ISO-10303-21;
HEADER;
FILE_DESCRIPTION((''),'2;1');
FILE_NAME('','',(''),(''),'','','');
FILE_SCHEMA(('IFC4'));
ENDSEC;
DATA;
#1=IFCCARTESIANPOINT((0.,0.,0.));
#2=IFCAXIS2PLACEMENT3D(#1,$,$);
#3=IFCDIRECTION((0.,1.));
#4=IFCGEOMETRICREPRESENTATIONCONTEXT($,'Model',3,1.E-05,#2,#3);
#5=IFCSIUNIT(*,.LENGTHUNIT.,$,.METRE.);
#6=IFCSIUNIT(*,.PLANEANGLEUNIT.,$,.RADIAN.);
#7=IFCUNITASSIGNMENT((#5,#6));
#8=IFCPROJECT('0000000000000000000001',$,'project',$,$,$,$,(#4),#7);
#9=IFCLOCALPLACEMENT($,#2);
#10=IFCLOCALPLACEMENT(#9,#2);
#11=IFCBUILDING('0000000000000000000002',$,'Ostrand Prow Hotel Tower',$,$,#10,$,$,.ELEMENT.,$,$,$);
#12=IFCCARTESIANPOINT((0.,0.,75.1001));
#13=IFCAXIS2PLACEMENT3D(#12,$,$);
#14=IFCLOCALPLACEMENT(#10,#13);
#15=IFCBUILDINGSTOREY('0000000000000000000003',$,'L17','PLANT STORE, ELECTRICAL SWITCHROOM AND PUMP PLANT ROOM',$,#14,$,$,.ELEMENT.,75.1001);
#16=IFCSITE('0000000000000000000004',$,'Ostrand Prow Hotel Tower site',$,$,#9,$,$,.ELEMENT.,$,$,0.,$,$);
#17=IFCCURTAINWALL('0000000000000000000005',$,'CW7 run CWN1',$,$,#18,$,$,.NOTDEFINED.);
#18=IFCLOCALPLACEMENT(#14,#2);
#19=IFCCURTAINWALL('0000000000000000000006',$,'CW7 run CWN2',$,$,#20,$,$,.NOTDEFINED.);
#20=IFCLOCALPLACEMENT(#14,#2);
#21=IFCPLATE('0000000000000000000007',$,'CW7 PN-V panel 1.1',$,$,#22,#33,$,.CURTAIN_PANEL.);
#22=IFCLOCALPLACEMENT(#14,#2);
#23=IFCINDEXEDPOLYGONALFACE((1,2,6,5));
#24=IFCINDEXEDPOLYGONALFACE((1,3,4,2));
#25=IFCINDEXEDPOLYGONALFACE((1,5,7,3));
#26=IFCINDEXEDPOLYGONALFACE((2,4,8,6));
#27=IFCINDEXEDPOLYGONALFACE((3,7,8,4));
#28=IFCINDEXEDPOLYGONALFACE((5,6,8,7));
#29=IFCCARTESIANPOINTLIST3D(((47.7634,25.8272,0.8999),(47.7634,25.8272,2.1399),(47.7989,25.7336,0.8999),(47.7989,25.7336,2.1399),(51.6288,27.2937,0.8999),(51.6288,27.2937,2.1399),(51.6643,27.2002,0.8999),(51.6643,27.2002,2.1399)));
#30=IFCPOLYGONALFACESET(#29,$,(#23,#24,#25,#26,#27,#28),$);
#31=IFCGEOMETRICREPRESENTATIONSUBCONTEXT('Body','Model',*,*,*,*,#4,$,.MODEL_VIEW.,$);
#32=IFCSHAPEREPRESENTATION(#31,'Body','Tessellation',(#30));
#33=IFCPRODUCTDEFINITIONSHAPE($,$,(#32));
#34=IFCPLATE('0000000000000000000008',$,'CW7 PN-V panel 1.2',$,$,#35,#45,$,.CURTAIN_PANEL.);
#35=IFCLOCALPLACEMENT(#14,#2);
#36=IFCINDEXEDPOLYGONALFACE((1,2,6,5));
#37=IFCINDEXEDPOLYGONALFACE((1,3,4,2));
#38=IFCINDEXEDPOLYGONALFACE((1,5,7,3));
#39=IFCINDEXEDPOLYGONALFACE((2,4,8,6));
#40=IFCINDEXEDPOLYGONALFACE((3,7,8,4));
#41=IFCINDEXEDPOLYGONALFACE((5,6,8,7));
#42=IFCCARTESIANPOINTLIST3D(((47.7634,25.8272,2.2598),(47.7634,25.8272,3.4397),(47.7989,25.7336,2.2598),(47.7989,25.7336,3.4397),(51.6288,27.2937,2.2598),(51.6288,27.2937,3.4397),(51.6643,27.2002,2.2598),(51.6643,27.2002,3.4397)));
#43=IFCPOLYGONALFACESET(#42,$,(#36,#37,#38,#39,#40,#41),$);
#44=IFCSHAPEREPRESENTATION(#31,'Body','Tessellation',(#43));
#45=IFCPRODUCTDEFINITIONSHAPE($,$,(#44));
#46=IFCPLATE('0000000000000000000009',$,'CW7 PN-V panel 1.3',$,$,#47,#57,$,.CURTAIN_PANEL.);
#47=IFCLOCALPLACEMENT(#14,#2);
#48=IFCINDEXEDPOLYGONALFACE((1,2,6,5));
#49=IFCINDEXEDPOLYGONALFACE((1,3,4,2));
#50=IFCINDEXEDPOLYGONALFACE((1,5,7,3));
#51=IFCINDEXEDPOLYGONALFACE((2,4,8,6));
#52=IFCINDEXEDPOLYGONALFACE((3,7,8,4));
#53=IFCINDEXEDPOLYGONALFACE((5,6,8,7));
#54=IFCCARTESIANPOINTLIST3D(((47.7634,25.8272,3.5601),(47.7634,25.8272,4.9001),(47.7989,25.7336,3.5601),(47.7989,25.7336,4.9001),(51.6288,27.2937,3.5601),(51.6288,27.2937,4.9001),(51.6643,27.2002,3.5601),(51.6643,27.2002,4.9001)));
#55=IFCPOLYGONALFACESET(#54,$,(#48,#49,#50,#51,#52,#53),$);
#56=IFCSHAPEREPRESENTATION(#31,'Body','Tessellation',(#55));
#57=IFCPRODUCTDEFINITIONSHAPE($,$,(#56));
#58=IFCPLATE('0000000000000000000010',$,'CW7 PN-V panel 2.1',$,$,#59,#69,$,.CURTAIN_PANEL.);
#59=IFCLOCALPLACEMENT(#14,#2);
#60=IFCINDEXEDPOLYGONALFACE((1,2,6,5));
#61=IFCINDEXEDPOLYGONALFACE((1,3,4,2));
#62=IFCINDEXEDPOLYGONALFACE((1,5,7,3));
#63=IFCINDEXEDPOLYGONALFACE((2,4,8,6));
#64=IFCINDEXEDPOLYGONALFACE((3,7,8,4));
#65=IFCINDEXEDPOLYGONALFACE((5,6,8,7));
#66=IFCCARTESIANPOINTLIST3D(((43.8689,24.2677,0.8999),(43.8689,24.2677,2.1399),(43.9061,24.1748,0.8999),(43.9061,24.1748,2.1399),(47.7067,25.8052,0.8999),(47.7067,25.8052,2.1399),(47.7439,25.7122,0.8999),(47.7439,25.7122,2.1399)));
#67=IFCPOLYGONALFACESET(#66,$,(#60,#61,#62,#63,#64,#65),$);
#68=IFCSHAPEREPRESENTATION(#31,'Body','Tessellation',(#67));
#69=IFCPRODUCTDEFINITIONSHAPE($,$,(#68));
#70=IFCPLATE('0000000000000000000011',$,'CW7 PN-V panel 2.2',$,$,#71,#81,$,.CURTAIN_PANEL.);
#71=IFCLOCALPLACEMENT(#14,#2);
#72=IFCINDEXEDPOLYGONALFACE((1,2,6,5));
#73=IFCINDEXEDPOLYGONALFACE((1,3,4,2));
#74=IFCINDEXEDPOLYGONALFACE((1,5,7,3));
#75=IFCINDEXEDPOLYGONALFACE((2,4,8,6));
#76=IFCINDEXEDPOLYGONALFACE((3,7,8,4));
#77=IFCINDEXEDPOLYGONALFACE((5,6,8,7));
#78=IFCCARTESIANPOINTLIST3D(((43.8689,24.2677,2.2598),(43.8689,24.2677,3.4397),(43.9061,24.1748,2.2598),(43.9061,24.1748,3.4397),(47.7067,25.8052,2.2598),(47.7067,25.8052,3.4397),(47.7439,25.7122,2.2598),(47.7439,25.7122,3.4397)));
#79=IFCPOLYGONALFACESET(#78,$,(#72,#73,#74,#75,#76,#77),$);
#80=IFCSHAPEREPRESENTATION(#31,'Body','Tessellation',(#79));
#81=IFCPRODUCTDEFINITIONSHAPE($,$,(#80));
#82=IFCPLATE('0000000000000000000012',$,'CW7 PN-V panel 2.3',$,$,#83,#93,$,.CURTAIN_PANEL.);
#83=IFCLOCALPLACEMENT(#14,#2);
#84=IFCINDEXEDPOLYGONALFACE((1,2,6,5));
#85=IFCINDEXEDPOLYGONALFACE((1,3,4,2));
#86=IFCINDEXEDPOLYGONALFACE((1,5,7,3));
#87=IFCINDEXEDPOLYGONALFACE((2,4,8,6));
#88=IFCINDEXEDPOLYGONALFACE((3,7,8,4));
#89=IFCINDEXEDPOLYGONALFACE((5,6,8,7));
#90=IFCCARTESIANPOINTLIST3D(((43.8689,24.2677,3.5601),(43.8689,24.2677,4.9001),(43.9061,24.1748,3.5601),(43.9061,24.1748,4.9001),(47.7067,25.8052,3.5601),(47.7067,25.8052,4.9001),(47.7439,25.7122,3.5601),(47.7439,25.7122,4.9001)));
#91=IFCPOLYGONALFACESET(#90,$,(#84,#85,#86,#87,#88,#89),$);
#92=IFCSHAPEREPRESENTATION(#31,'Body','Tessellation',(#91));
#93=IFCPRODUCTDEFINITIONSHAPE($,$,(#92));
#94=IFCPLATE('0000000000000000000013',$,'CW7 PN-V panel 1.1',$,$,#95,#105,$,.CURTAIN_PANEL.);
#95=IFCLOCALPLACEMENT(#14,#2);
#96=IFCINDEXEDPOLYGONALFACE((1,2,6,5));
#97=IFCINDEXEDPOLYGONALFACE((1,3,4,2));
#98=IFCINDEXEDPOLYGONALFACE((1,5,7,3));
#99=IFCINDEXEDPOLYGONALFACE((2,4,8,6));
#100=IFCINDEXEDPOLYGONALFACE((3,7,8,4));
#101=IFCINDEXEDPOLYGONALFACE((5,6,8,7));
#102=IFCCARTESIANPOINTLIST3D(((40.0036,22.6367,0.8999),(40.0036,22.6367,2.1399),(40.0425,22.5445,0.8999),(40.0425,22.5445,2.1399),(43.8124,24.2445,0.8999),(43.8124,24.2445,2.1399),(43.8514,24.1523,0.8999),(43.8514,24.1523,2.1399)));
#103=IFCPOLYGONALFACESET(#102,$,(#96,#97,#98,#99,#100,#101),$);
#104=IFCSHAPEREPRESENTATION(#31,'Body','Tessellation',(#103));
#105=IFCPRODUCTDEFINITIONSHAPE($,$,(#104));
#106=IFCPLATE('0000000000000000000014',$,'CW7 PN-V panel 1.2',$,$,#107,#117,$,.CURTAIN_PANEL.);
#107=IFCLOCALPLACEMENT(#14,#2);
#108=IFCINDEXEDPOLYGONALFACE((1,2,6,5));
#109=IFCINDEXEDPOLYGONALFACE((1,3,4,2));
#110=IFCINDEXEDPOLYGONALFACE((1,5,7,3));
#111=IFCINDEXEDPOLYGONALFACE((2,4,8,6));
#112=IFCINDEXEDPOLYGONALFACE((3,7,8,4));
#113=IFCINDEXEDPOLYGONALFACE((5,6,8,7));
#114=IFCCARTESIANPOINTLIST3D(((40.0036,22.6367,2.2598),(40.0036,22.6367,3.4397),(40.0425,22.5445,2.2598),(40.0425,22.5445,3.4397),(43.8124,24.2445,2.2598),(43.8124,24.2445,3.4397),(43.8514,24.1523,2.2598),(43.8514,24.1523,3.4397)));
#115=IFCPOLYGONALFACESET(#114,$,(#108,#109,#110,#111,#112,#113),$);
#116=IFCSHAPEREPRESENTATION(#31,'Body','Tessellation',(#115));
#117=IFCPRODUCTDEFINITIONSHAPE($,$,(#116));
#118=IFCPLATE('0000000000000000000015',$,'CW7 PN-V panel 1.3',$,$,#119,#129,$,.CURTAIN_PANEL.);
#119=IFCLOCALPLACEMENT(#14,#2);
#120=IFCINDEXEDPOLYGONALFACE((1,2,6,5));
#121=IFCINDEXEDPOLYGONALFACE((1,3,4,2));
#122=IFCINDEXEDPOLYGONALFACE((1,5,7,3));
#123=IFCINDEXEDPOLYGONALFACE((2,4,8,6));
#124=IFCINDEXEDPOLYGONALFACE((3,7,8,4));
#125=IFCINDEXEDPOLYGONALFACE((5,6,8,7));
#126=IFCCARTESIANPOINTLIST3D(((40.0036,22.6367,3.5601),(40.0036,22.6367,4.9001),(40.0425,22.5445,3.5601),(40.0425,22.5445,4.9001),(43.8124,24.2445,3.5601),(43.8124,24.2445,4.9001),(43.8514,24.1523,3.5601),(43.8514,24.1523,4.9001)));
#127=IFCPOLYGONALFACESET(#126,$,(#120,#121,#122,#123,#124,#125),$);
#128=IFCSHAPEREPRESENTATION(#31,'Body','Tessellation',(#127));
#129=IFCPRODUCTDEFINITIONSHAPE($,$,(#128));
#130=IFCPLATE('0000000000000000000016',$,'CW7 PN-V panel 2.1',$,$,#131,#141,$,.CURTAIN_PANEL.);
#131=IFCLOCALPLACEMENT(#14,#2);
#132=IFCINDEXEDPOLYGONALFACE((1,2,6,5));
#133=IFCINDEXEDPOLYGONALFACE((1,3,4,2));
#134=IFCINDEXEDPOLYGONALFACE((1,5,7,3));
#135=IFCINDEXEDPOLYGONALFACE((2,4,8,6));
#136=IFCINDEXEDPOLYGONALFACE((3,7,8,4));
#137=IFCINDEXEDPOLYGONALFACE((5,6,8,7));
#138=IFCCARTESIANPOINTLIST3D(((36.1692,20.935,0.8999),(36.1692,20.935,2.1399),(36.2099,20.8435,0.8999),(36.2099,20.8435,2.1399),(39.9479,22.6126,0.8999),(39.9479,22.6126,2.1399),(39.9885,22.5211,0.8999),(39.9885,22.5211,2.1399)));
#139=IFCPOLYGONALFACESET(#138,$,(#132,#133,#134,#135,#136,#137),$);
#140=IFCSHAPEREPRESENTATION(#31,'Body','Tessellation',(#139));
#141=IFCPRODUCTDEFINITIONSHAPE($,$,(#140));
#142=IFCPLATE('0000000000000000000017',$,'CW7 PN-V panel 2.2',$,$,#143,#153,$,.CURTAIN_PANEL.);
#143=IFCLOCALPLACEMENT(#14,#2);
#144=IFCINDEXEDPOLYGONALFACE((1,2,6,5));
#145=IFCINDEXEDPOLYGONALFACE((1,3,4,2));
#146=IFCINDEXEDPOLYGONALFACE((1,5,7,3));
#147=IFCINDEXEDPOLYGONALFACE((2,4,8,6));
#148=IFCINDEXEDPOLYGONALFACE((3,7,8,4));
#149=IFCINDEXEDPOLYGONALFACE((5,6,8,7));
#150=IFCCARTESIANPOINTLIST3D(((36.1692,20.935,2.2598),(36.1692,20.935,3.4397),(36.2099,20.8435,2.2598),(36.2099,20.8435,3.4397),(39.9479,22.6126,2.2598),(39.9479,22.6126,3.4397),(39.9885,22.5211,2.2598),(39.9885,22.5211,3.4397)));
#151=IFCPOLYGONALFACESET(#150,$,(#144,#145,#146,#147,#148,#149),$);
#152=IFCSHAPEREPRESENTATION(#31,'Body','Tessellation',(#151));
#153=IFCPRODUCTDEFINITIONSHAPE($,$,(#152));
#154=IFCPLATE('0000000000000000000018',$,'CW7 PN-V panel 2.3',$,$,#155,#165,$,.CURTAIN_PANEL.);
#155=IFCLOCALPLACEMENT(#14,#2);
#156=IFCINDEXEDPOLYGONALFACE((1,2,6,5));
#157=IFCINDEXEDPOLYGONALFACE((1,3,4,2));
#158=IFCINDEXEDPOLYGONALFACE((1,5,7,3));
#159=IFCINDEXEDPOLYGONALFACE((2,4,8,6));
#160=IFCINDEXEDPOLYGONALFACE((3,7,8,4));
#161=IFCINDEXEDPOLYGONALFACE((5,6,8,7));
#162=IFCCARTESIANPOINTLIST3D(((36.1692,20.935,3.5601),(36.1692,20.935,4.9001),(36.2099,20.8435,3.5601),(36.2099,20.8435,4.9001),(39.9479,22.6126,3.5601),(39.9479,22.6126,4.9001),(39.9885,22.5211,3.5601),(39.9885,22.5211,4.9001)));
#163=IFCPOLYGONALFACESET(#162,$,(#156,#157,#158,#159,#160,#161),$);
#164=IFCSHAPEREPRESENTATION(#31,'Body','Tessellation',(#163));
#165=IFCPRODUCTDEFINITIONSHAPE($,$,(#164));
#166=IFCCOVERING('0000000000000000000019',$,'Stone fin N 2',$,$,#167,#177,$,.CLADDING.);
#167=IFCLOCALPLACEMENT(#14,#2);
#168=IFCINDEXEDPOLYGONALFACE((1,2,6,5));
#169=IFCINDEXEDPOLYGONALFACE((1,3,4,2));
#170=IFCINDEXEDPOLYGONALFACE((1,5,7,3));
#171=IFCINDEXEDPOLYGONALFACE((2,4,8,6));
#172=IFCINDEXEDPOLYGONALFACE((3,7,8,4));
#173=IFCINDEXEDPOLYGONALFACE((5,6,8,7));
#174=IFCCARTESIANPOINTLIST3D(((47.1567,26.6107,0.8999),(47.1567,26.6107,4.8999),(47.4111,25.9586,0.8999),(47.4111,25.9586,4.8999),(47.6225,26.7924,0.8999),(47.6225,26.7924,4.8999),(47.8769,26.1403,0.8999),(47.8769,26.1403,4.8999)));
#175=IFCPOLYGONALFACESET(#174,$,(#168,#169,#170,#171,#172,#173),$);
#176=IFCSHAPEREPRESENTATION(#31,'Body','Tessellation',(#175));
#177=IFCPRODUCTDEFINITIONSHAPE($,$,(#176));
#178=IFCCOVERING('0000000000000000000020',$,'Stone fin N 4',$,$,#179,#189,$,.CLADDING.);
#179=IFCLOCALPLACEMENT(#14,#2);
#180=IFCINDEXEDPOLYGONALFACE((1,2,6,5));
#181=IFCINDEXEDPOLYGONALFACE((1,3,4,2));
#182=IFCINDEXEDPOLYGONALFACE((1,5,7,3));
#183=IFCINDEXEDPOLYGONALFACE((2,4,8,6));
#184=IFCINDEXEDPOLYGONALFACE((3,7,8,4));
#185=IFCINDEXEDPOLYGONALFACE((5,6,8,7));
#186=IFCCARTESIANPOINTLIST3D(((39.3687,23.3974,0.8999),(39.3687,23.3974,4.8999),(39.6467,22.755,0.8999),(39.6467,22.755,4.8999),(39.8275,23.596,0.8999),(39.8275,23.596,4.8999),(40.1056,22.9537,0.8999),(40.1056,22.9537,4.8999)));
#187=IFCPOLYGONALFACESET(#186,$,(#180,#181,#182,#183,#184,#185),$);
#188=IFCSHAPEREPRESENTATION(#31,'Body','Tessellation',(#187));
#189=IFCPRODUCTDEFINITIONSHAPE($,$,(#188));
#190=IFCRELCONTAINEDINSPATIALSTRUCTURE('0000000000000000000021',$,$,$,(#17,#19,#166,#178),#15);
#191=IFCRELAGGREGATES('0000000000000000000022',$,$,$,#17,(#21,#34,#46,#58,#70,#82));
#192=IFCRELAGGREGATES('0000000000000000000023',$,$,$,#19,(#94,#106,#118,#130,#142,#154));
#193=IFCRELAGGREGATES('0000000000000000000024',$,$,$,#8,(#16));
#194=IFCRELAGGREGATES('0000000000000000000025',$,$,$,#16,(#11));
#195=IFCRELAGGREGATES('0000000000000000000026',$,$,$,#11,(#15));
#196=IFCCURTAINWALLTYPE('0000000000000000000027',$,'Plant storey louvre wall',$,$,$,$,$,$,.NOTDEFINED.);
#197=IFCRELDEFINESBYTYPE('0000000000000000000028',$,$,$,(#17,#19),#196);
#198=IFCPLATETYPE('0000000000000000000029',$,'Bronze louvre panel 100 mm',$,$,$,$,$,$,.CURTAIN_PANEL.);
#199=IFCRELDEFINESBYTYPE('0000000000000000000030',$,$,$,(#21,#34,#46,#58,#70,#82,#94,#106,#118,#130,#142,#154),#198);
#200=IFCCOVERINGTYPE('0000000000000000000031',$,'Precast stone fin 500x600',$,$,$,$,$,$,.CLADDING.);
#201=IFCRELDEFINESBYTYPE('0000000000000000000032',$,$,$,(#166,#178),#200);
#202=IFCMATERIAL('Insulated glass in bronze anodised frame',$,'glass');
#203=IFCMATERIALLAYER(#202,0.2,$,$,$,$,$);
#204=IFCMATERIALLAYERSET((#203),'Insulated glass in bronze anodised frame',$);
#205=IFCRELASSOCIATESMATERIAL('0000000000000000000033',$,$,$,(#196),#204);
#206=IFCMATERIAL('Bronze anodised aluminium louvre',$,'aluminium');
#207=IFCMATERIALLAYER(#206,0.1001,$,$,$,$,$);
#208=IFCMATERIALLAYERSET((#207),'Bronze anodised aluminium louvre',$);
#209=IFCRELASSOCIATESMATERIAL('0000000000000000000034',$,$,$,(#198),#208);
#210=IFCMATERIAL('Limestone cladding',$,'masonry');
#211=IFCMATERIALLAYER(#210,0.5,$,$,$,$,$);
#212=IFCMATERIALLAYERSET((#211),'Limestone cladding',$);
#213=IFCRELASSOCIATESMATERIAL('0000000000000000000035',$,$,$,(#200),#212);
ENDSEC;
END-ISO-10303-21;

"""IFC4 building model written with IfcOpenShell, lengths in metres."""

from ifc_helpers import new_model, si_unit, direction, frame, frame_2d, origin, origin_2d, place, context, subcontext, project, spatial, rectangle, extrude, material, layer, layer_set, type_object, element, aggregate, save


model = new_model("IFC4")

# Units and contexts
model_context = context("Model", 3, precision=1e-05, world=origin(), true_north=direction((0.0, 1.0)))
body_context = subcontext(model_context, "Body", "Model", "MODEL_VIEW")
ifc_project = project(units=[si_unit("LENGTHUNIT", "METRE"), si_unit("PLANEANGLEUNIT", "RADIAN")], contexts=[model_context])

# Site, building, storey
site_placement = place(None, origin())
site = spatial("IfcSite", under=ifc_project, at=site_placement, Name="Ostrand Prow Hotel Tower site", CompositionType="ELEMENT", RefElevation=0.0)
building_placement = place(site_placement, origin())
building = spatial("IfcBuilding", under=site, at=building_placement, Name="Ostrand Prow Hotel Tower", CompositionType="ELEMENT")
storey_placement = place(building_placement, frame((0.0, 0.0, 75.1001)))
storey = spatial("IfcBuildingStorey", under=building, at=storey_placement, Name="L17", Description="PLANT STORE, ELECTRICAL SWITCHROOM AND PUMP PLANT ROOM", CompositionType="ELEMENT", Elevation=75.1001)

# Curtain walls
ifc_material_1 = material(Name="Insulated glass in bronze anodised frame", Category="glass")
ifc_layer_1 = layer(ifc_material_1, 0.2)
ifc_layer_set_1 = layer_set([ifc_layer_1], Name="Insulated glass in bronze anodised frame")
curtain_wall_type = type_object("IfcCurtainWallType", Name="Plant storey louvre wall", PredefinedType="NOTDEFINED", material=ifc_layer_set_1)
curtain_wall_1_placement = place(storey_placement, origin())
curtain_wall_1 = element("IfcCurtainWall", 1, at=curtain_wall_1_placement, inside=storey, type_object=curtain_wall_type, Name="CW7 run CWN1", PredefinedType="NOTDEFINED")
curtain_wall_2_placement = place(storey_placement, origin())
curtain_wall_2 = element("IfcCurtainWall", 2, at=curtain_wall_2_placement, inside=storey, type_object=curtain_wall_type, Name="CW7 run CWN2", PredefinedType="NOTDEFINED")

# Plates
ifc_material_2 = material(Name="Bronze anodised aluminium louvre", Category="aluminium")
ifc_layer_2 = layer(ifc_material_2, 0.1001)
ifc_layer_set_2 = layer_set([ifc_layer_2], Name="Bronze anodised aluminium louvre")
plate_type = type_object("IfcPlateType", Name="Bronze louvre panel 100 mm", PredefinedType="CURTAIN_PANEL", material=ifc_layer_set_2)
plate_1_placement = place(storey_placement, frame((49.7139, 26.5137, 0.8999), z_axis=(0.0, 0.0, 1.0), x_axis=(-0.934969, -0.354728, 0.0)))
plate_1 = element("IfcPlate", 3, at=plate_1_placement, type_object=plate_type, Name="CW7 PN-V panel 1.1", PredefinedType="CURTAIN_PANEL", context=body_context, shape_type="SweptSolid", body=[
    extrude(rectangle(XDim=4.1343, YDim=0.1001, at=origin_2d()), origin(), (0.0, 0.0, 1.0), 1.24),
])
plate_2_placement = place(storey_placement, frame((49.7139, 26.5137, 2.2598), z_axis=(0.0, 0.0, 1.0), x_axis=(-0.934969, -0.354728, 0.0)))
plate_2 = element("IfcPlate", 4, at=plate_2_placement, type_object=plate_type, Name="CW7 PN-V panel 1.2", PredefinedType="CURTAIN_PANEL", context=body_context, shape_type="SweptSolid", body=[
    extrude(rectangle(XDim=4.1343, YDim=0.1001, at=origin_2d()), origin(), (0.0, 0.0, 1.0), 1.1799),
])
plate_3_placement = place(storey_placement, frame((49.7139, 26.5137, 3.5601), z_axis=(0.0, 0.0, 1.0), x_axis=(-0.934969, -0.354728, 0.0)))
plate_3 = element("IfcPlate", 5, at=plate_3_placement, type_object=plate_type, Name="CW7 PN-V panel 1.3", PredefinedType="CURTAIN_PANEL", context=body_context, shape_type="SweptSolid", body=[
    extrude(rectangle(XDim=4.1343, YDim=0.1001, at=origin_2d()), origin(), (0.0, 0.0, 1.0), 1.3401),
])
plate_4_placement = place(storey_placement, frame((45.8064, 24.99, 0.8999), z_axis=(0.0, 0.0, 1.0), x_axis=(-0.928283, -0.371873, 0.0)))
plate_4 = element("IfcPlate", 6, at=plate_4_placement, type_object=plate_type, Name="CW7 PN-V panel 2.1", PredefinedType="CURTAIN_PANEL", context=body_context, shape_type="SweptSolid", body=[
    extrude(rectangle(XDim=4.1343, YDim=0.1001, at=origin_2d()), origin(), (0.0, 0.0, 1.0), 1.24),
])
plate_5_placement = place(storey_placement, frame((45.8064, 24.99, 2.2598), z_axis=(0.0, 0.0, 1.0), x_axis=(-0.928283, -0.371873, 0.0)))
plate_5 = element("IfcPlate", 7, at=plate_5_placement, type_object=plate_type, Name="CW7 PN-V panel 2.2", PredefinedType="CURTAIN_PANEL", context=body_context, shape_type="SweptSolid", body=[
    extrude(rectangle(XDim=4.1343, YDim=0.1001, at=origin_2d()), origin(), (0.0, 0.0, 1.0), 1.1799),
])
plate_6_placement = place(storey_placement, frame((45.8064, 24.99, 3.5601), z_axis=(0.0, 0.0, 1.0), x_axis=(-0.928283, -0.371873, 0.0)))
plate_6 = element("IfcPlate", 8, at=plate_6_placement, type_object=plate_type, Name="CW7 PN-V panel 2.3", PredefinedType="CURTAIN_PANEL", context=body_context, shape_type="SweptSolid", body=[
    extrude(rectangle(XDim=4.1343, YDim=0.1001, at=origin_2d()), origin(), (0.0, 0.0, 1.0), 1.3401),
])
aggregate(curtain_wall_1, [plate_1, plate_2, plate_3, plate_4, plate_5, plate_6])
plate_7_placement = place(storey_placement, frame((41.9275, 23.3945, 0.8999), z_axis=(0.0, 0.0, 1.0), x_axis=(-0.921283, -0.388892, 0.0)))
plate_7 = element("IfcPlate", 9, at=plate_7_placement, type_object=plate_type, Name="CW7 PN-V panel 1.1", PredefinedType="CURTAIN_PANEL", context=body_context, shape_type="SweptSolid", body=[
    extrude(rectangle(XDim=4.1343, YDim=0.1001, at=origin_2d()), origin(), (0.0, 0.0, 1.0), 1.24),
])
plate_8_placement = place(storey_placement, frame((41.9275, 23.3945, 2.2598), z_axis=(0.0, 0.0, 1.0), x_axis=(-0.921283, -0.388892, 0.0)))
plate_8 = element("IfcPlate", 10, at=plate_8_placement, type_object=plate_type, Name="CW7 PN-V panel 1.2", PredefinedType="CURTAIN_PANEL", context=body_context, shape_type="SweptSolid", body=[
    extrude(rectangle(XDim=4.1343, YDim=0.1001, at=origin_2d()), origin(), (0.0, 0.0, 1.0), 1.1799),
])
plate_9_placement = place(storey_placement, frame((41.9275, 23.3945, 3.5601), z_axis=(0.0, 0.0, 1.0), x_axis=(-0.921283, -0.388892, 0.0)))
plate_9 = element("IfcPlate", 11, at=plate_9_placement, type_object=plate_type, Name="CW7 PN-V panel 1.3", PredefinedType="CURTAIN_PANEL", context=body_context, shape_type="SweptSolid", body=[
    extrude(rectangle(XDim=4.1343, YDim=0.1001, at=origin_2d()), origin(), (0.0, 0.0, 1.0), 1.3401),
])
plate_10_placement = place(storey_placement, frame((38.0789, 21.728, 0.8999), z_axis=(0.0, 0.0, 1.0), x_axis=(-0.913971, -0.40578, 0.0)))
plate_10 = element("IfcPlate", 12, at=plate_10_placement, type_object=plate_type, Name="CW7 PN-V panel 2.1", PredefinedType="CURTAIN_PANEL", context=body_context, shape_type="SweptSolid", body=[
    extrude(rectangle(XDim=4.1343, YDim=0.1001, at=origin_2d()), origin(), (0.0, 0.0, 1.0), 1.24),
])
plate_11_placement = place(storey_placement, frame((38.0789, 21.728, 2.2598), z_axis=(0.0, 0.0, 1.0), x_axis=(-0.913971, -0.40578, 0.0)))
plate_11 = element("IfcPlate", 13, at=plate_11_placement, type_object=plate_type, Name="CW7 PN-V panel 2.2", PredefinedType="CURTAIN_PANEL", context=body_context, shape_type="SweptSolid", body=[
    extrude(rectangle(XDim=4.1343, YDim=0.1001, at=origin_2d()), origin(), (0.0, 0.0, 1.0), 1.1799),
])
plate_12_placement = place(storey_placement, frame((38.0789, 21.728, 3.5601), z_axis=(0.0, 0.0, 1.0), x_axis=(-0.913971, -0.40578, 0.0)))
plate_12 = element("IfcPlate", 14, at=plate_12_placement, type_object=plate_type, Name="CW7 PN-V panel 2.3", PredefinedType="CURTAIN_PANEL", context=body_context, shape_type="SweptSolid", body=[
    extrude(rectangle(XDim=4.1343, YDim=0.1001, at=origin_2d()), origin(), (0.0, 0.0, 1.0), 1.3401),
])
aggregate(curtain_wall_2, [plate_7, plate_8, plate_9, plate_10, plate_11, plate_12])

# Coverings
ifc_material_3 = material(Name="Limestone cladding", Category="masonry")
ifc_layer_3 = layer(ifc_material_3, 0.5)
ifc_layer_set_3 = layer_set([ifc_layer_3], Name="Limestone cladding")
covering_type = type_object("IfcCoveringType", Name="Precast stone fin 500x600", PredefinedType="CLADDING", material=ifc_layer_set_3)
for number, where, z_axis, x_axis, name in (
    (15, (47.644, 26.0493, 0.8999), (0.0, 0.0, 1.0), (-0.363439, 0.931618, 0.0), "Stone fin N 2"),
    (16, (39.8762, 22.8542, 0.8999), (0.0, 0.0, 1.0), (-0.397284, 0.917696, 0.0), "Stone fin N 4"),
):
    element("IfcCovering", number, at=place(storey_placement, frame(where, z_axis=z_axis, x_axis=x_axis)), inside=storey, type_object=covering_type, Name=name, PredefinedType="CLADDING", context=body_context, shape_type="SweptSolid", body=[
        extrude(rectangle(XDim=0.7, YDim=0.5, at=frame_2d((0.3501, 0.0))), origin(), (0.0, 0.0, 1.0), 4.0),
    ])

save(model, "model.ifc")
